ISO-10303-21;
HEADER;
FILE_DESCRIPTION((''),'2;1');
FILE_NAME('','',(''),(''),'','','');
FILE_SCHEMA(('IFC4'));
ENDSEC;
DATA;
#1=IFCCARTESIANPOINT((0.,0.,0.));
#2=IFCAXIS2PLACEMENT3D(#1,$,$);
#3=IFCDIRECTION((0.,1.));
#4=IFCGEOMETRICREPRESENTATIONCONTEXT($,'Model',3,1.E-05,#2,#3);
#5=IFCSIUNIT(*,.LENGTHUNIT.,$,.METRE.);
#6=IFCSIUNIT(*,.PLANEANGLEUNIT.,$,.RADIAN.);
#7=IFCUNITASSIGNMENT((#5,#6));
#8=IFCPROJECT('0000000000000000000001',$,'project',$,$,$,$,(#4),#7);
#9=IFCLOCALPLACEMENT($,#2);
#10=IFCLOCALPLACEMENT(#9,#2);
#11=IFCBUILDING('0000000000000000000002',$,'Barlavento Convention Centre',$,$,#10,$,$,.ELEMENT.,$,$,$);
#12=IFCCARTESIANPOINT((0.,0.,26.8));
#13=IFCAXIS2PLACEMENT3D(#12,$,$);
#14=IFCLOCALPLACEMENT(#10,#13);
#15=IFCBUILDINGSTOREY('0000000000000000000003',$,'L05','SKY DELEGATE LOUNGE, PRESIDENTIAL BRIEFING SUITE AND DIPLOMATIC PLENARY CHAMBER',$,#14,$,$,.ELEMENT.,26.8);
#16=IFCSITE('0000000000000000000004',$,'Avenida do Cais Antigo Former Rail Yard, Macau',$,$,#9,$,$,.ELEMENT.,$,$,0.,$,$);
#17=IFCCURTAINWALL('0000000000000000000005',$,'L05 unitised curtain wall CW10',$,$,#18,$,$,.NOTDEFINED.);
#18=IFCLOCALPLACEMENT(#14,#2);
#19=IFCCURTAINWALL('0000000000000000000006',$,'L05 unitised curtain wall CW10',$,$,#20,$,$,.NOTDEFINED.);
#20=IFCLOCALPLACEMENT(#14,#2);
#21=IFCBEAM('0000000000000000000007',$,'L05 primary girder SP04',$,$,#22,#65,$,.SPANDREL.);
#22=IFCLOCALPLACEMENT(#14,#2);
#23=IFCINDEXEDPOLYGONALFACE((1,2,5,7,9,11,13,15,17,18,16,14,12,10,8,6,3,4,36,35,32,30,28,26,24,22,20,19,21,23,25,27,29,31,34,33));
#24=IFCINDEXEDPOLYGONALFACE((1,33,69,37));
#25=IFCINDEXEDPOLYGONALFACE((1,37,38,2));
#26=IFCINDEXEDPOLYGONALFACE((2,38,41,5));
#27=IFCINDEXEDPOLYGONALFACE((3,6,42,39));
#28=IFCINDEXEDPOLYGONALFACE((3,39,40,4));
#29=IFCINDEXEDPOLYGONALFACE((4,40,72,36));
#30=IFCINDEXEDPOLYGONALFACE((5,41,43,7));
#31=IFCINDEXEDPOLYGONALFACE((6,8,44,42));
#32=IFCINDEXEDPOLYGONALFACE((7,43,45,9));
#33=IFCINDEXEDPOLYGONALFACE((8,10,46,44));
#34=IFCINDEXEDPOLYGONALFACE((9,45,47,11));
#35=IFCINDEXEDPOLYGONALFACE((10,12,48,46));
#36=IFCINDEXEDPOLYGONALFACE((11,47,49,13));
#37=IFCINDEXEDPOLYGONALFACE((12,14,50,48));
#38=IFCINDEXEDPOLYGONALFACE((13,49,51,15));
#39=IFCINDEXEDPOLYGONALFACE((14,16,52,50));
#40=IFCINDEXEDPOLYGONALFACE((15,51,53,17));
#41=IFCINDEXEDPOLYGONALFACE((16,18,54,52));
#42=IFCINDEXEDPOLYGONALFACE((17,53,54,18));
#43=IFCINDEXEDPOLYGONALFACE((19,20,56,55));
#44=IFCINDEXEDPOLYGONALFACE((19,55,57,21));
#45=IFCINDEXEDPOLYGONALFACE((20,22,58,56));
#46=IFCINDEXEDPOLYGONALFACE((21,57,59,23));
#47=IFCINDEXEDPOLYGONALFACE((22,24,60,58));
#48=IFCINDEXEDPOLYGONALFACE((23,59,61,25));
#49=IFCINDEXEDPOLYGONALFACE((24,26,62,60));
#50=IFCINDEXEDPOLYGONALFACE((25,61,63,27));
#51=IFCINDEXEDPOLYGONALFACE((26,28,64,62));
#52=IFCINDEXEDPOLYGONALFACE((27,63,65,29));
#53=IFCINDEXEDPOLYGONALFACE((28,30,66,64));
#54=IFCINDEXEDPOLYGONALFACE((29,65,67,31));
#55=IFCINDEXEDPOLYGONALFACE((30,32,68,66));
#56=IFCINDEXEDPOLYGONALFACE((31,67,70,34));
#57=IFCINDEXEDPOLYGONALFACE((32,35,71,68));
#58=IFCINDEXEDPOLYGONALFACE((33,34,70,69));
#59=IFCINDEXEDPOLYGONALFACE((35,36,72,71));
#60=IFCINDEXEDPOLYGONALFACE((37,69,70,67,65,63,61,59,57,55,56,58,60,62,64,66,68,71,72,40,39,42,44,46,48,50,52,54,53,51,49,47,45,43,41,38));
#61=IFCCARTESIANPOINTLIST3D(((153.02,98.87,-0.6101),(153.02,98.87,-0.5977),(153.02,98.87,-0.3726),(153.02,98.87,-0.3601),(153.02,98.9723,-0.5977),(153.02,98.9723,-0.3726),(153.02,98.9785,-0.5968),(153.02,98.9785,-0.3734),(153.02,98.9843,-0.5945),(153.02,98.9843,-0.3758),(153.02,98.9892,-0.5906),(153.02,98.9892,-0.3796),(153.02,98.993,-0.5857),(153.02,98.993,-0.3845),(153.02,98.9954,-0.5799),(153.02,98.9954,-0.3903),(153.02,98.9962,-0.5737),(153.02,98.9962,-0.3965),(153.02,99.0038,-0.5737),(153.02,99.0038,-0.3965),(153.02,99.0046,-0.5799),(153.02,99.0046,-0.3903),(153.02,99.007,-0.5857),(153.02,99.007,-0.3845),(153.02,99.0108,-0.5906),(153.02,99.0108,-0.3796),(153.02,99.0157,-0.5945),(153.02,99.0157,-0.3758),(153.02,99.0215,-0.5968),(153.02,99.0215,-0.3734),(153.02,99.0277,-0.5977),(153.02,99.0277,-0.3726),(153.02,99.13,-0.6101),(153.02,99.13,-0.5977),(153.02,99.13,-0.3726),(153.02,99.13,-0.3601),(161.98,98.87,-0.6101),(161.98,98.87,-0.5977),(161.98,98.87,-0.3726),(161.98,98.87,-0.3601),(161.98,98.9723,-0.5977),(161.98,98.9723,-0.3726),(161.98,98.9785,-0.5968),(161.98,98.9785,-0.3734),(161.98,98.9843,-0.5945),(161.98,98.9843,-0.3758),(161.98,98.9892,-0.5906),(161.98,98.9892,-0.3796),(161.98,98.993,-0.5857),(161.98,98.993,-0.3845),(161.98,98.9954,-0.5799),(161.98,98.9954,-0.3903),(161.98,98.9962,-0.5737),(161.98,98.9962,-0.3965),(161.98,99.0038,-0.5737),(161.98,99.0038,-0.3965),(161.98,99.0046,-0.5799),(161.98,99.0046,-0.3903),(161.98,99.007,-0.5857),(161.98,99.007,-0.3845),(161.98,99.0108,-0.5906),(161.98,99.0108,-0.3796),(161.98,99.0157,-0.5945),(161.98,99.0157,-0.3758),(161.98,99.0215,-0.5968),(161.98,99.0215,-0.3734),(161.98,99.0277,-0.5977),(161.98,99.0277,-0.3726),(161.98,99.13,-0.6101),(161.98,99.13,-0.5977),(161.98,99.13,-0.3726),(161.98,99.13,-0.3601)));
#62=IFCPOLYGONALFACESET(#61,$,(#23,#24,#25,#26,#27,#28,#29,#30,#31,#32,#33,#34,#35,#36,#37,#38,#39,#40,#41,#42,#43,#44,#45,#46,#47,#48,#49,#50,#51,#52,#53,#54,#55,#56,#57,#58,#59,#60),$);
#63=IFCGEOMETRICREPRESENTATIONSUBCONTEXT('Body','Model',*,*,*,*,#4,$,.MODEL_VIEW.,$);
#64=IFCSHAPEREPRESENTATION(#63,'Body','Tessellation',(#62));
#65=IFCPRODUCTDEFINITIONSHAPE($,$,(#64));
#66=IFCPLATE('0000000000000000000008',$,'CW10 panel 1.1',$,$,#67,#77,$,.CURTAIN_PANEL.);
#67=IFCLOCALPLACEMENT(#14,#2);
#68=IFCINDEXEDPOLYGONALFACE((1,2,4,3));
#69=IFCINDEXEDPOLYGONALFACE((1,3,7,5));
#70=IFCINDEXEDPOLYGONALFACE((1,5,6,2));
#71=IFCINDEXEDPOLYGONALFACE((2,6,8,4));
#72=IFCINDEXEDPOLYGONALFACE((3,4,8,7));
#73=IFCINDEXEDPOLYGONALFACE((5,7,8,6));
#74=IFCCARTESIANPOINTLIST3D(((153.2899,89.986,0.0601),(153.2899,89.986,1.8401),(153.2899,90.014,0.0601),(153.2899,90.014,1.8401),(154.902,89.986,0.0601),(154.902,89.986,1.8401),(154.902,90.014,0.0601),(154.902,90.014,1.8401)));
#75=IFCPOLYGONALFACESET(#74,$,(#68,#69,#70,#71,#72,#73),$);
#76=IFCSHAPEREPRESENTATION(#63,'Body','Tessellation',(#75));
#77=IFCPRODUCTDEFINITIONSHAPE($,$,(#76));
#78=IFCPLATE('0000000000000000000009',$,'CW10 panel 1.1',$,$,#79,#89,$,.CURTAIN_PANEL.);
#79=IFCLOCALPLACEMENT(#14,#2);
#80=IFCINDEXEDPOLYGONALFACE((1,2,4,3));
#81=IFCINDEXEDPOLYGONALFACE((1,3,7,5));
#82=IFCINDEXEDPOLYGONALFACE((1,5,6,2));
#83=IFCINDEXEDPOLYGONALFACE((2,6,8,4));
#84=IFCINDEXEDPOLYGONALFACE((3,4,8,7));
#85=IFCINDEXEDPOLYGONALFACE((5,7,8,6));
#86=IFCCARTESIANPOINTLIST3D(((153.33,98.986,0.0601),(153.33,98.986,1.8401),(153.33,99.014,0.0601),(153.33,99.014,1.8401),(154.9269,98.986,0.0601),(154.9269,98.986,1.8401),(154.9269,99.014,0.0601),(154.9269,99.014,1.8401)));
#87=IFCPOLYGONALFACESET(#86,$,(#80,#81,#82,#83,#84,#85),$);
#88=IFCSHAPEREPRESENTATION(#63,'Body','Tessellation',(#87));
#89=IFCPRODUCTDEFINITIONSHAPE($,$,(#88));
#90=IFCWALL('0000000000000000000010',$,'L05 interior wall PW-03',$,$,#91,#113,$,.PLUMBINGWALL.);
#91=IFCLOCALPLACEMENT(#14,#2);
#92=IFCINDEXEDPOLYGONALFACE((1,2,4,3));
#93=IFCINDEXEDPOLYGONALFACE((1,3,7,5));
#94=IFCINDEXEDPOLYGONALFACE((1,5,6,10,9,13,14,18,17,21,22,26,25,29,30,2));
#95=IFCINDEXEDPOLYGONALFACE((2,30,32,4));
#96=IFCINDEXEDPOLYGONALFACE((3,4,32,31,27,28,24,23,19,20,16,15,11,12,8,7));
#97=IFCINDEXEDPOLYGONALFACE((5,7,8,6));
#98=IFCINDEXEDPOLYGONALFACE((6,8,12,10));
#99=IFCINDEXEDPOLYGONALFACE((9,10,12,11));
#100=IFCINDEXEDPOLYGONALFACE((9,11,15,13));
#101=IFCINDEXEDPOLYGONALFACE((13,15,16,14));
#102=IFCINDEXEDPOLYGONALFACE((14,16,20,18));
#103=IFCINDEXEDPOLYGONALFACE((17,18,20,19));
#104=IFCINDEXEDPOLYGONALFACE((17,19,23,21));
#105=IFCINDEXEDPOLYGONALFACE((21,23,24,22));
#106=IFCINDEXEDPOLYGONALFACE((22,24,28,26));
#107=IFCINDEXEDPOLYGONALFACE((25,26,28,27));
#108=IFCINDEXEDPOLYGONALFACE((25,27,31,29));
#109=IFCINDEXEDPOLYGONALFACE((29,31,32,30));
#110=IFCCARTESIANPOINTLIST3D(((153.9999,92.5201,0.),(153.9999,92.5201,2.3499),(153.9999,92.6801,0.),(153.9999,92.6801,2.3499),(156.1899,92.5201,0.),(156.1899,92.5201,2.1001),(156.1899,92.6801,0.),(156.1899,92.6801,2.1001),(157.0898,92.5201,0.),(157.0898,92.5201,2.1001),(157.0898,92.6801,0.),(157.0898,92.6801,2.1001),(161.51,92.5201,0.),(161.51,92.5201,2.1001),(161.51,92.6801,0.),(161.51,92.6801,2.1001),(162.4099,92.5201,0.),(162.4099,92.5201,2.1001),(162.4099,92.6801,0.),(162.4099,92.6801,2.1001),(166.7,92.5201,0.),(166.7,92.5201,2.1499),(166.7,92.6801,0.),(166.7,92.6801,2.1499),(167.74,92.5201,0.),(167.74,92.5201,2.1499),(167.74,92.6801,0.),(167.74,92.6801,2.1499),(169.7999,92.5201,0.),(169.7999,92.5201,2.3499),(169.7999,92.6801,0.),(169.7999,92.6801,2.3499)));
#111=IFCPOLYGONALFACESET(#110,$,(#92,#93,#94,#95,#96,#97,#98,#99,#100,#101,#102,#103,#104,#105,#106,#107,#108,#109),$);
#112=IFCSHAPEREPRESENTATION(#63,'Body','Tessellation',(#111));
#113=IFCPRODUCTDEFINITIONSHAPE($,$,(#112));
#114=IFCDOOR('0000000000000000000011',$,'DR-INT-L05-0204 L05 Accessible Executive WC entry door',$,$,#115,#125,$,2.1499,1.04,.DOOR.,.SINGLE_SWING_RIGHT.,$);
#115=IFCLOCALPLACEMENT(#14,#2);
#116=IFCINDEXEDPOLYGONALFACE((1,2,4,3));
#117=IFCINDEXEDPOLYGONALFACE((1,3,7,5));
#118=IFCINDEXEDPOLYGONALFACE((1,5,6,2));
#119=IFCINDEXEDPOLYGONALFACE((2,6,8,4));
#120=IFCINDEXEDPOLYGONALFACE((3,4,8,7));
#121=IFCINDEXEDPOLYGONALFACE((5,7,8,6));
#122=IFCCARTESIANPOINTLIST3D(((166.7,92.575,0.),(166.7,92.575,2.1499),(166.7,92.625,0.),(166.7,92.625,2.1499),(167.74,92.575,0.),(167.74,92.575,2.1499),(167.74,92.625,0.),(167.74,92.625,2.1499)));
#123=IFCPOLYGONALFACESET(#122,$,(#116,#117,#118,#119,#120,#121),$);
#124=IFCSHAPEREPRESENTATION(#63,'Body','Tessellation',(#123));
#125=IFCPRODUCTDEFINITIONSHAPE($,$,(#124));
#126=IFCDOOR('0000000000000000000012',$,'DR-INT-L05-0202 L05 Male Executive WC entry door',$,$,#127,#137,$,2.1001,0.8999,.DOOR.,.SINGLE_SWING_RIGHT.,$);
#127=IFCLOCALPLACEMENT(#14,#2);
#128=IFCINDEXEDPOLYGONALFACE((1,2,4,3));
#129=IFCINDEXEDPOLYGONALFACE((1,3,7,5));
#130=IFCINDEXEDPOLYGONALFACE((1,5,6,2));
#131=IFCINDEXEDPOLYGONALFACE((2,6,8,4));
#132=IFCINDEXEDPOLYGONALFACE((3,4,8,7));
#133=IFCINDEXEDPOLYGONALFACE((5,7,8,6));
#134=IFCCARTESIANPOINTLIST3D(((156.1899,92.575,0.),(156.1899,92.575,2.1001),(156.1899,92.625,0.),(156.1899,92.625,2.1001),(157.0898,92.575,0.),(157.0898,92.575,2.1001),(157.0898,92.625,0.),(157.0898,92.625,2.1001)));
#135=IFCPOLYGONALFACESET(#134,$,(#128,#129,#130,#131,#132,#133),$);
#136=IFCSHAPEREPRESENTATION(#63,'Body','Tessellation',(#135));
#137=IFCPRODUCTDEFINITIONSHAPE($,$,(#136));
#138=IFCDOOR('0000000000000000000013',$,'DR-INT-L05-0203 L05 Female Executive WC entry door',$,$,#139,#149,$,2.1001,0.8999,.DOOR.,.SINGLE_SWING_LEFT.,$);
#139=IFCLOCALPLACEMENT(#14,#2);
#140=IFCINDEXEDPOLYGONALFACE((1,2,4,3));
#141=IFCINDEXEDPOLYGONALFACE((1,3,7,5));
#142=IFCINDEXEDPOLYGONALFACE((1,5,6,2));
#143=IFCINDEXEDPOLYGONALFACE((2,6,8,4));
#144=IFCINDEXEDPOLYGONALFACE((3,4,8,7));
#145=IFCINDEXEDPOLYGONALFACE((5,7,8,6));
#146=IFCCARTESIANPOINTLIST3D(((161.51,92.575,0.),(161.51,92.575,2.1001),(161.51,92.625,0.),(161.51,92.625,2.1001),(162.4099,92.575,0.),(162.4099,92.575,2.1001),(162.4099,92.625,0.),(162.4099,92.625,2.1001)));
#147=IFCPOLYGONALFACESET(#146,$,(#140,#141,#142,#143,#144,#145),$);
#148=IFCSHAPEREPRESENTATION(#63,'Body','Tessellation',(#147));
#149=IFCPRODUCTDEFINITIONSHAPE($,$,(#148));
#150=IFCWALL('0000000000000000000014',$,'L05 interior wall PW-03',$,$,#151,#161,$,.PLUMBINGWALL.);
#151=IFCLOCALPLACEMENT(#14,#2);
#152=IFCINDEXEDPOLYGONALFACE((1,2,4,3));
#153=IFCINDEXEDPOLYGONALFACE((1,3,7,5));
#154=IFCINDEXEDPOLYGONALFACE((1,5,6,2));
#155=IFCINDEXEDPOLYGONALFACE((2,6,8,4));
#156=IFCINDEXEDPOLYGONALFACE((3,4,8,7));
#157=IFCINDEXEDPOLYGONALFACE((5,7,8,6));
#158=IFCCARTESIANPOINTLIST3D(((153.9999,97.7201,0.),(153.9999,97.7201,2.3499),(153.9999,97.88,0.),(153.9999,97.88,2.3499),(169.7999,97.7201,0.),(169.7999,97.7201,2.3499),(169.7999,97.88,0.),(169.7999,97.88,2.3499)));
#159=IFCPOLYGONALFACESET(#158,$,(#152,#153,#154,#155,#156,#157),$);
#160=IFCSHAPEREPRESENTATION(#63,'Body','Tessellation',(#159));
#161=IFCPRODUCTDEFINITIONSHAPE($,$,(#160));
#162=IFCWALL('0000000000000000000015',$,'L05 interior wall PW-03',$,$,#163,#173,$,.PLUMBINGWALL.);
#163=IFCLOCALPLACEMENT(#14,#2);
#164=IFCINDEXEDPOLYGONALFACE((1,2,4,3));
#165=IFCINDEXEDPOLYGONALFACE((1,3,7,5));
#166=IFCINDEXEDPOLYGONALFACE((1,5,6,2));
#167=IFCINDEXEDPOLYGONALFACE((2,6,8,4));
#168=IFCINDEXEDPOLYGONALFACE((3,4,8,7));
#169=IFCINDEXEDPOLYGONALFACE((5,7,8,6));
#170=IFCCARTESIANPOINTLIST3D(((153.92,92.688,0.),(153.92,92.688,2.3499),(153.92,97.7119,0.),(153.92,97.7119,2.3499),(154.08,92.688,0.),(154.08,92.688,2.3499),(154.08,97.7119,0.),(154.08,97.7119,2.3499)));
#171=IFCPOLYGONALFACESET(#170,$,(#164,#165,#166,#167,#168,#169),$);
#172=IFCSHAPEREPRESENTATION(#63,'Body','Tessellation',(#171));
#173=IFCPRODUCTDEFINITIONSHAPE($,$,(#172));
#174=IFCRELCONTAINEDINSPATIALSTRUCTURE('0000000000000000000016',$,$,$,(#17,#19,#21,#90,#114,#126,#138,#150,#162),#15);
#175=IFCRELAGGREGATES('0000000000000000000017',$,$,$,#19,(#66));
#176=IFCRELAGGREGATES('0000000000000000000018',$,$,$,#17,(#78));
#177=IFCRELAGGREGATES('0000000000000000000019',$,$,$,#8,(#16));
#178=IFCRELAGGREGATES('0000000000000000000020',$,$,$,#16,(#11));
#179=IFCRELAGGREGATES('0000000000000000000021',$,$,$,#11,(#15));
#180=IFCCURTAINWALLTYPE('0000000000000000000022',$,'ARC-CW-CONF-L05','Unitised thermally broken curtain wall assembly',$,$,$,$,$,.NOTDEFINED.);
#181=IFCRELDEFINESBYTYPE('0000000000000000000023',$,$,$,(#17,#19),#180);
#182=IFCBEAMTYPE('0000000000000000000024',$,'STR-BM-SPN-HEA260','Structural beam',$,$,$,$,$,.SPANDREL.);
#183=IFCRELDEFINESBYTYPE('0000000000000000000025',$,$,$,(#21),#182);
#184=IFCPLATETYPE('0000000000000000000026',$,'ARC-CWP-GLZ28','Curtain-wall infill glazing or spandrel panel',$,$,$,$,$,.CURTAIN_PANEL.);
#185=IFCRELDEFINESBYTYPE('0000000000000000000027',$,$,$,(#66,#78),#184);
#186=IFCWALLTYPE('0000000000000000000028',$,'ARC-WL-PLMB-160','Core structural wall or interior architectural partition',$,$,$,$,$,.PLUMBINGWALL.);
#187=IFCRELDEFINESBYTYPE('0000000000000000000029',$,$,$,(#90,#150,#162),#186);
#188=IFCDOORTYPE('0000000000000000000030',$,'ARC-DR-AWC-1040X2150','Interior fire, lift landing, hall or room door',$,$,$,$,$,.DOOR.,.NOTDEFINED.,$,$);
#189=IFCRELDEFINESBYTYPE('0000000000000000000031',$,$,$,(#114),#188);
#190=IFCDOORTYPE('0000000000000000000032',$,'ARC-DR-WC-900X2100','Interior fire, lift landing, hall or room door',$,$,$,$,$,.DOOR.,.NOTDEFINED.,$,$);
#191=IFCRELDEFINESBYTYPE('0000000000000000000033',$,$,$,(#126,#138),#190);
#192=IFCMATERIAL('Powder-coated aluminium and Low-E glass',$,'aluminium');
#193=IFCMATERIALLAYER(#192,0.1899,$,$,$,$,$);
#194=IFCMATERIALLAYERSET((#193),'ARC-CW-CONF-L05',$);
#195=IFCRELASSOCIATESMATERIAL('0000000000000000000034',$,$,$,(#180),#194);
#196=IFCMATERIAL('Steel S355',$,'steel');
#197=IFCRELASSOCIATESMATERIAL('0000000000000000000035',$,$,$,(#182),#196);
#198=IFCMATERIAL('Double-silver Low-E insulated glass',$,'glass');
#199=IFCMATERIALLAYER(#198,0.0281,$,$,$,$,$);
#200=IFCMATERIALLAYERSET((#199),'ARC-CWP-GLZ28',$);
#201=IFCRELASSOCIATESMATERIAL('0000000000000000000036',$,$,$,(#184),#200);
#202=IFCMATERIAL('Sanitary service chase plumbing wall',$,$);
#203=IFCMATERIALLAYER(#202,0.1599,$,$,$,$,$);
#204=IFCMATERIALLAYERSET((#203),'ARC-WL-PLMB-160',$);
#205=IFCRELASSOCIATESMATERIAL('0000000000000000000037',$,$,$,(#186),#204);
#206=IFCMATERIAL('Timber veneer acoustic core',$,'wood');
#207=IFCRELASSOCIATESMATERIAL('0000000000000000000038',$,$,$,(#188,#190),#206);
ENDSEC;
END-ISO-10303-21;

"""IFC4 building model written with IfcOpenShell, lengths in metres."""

from ifc_helpers import new_model, si_unit, direction, frame, frame_2d, origin, origin_2d, place, context, subcontext, project, spatial, rectangle, i_section, extrude, material, layer, layer_set, material_profile, profile_set, type_object, element, fill, aggregate, save


model = new_model("IFC4")

# Units and contexts
model_context = context("Model", 3, precision=1e-05, world=origin(), true_north=direction((0.0, 1.0)))
body_context = subcontext(model_context, "Body", "Model", "MODEL_VIEW")
ifc_project = project(units=[si_unit("LENGTHUNIT", "METRE"), si_unit("PLANEANGLEUNIT", "RADIAN")], contexts=[model_context])

# Site, building, storey
site_placement = place(None, origin())
site = spatial("IfcSite", under=ifc_project, at=site_placement, Name="Avenida do Cais Antigo Former Rail Yard, Macau", CompositionType="ELEMENT", RefElevation=0.0)
building_placement = place(site_placement, origin())
building = spatial("IfcBuilding", under=site, at=building_placement, Name="Barlavento Convention Centre", CompositionType="ELEMENT")
storey_placement = place(building_placement, frame((0.0, 0.0, 26.8)))
storey = spatial("IfcBuildingStorey", under=building, at=storey_placement, Name="L05", Description="SKY DELEGATE LOUNGE, PRESIDENTIAL BRIEFING SUITE AND DIPLOMATIC PLENARY CHAMBER", CompositionType="ELEMENT", Elevation=26.8)

# Shared definitions
ifc_material_1 = material(Name="Steel S355", Category="steel")

# Curtain wall
ifc_material_2 = material(Name="Powder-coated aluminium and Low-E glass", Category="aluminium")
ifc_layer_1 = layer(ifc_material_2, 0.1899)
ifc_layer_set_1 = layer_set([ifc_layer_1], Name="ARC-CW-CONF-L05")
curtain_wall_type = type_object("IfcCurtainWallType", Name="ARC-CW-CONF-L05", Description="Unitised thermally broken curtain wall assembly", PredefinedType="NOTDEFINED", material=ifc_layer_set_1)
curtain_wall_1_placement = place(storey_placement, origin())
curtain_wall_1 = element("IfcCurtainWall", 1, at=curtain_wall_1_placement, inside=storey, type_object=curtain_wall_type, Name="L05 unitised curtain wall CW10", PredefinedType="NOTDEFINED")

# Curtain wall
curtain_wall_2_placement = place(storey_placement, origin())
curtain_wall_2 = element("IfcCurtainWall", 2, at=curtain_wall_2_placement, inside=storey, type_object=curtain_wall_type, Name="L05 unitised curtain wall CW10", PredefinedType="NOTDEFINED")

# Beam
ifc_material_profile_1 = material_profile(ifc_material_1, i_section(OverallWidth=0.26, OverallDepth=0.25, WebThickness=0.0076, FlangeThickness=0.0125, FilletRadius=0.0239, at=origin_2d()), Name="HEA 260")
ifc_profile_set_1 = profile_set([ifc_material_profile_1], Name="Steel S355")
beam_type_1 = type_object("IfcBeamType", Name="STR-BM-SPN-HEA260", Description="Structural beam", PredefinedType="SPANDREL", material=ifc_profile_set_1)
beam_1_placement = place(storey_placement, frame((153.02, 99.0, -0.4851), z_axis=(1.0, 0.0, 0.0), x_axis=(0.0, 1.0, 0.0)))
element("IfcBeam", 3, at=beam_1_placement, inside=storey, type_object=beam_type_1, Name="L05 primary girder SP04", PredefinedType="SPANDREL", context=body_context, shape_type="SweptSolid", body=[
    extrude(i_section(OverallWidth=0.26, OverallDepth=0.25, WebThickness=0.0076, FlangeThickness=0.0125, FilletRadius=0.0239, at=origin_2d()), origin(), (0.0, 0.0, 1.0), 8.96),
])

# Plates
ifc_material_3 = material(Name="Double-silver Low-E insulated glass", Category="glass")
ifc_layer_2 = layer(ifc_material_3, 0.0281)
ifc_layer_set_2 = layer_set([ifc_layer_2], Name="ARC-CWP-GLZ28")
plate_type = type_object("IfcPlateType", Name="ARC-CWP-GLZ28", Description="Curtain-wall infill glazing or spandrel panel", PredefinedType="CURTAIN_PANEL", material=ifc_layer_set_2)
plate_1_placement = place(storey_placement, frame((154.0959, 90.0, 0.0601), z_axis=(0.0, 0.0, 1.0), x_axis=(1.0, 0.0, 0.0)))
plate_1 = element("IfcPlate", 4, at=plate_1_placement, type_object=plate_type, Name="CW10 panel 1.1", PredefinedType="CURTAIN_PANEL", context=body_context, shape_type="SweptSolid", body=[
    extrude(rectangle(XDim=1.6121, YDim=0.0281, at=origin_2d()), origin(), (0.0, 0.0, 1.0), 1.78),
])
aggregate(curtain_wall_2, [plate_1])
plate_2_placement = place(storey_placement, frame((154.1284, 99.0, 0.0601), z_axis=(0.0, 0.0, 1.0), x_axis=(1.0, 0.0, 0.0)))
plate_2 = element("IfcPlate", 5, at=plate_2_placement, type_object=plate_type, Name="CW10 panel 1.1", PredefinedType="CURTAIN_PANEL", context=body_context, shape_type="SweptSolid", body=[
    extrude(rectangle(XDim=1.5969, YDim=0.0281, at=origin_2d()), origin(), (0.0, 0.0, 1.0), 1.78),
])
aggregate(curtain_wall_1, [plate_2])

# Wall, openings, doors
ifc_material_4 = material(Name="Sanitary service chase plumbing wall")
ifc_layer_3 = layer(ifc_material_4, 0.1599)
ifc_layer_set_3 = layer_set([ifc_layer_3], Name="ARC-WL-PLMB-160")
wall_type_1 = type_object("IfcWallType", Name="ARC-WL-PLMB-160", Description="Core structural wall or interior architectural partition", PredefinedType="PLUMBINGWALL", material=ifc_layer_set_3)
wall_1_placement = place(storey_placement, frame((154.0, 92.6001, 0.0), z_axis=(0.0, 0.0, 1.0), x_axis=(1.0, 0.0, 0.0)))
wall_1 = element("IfcWall", 6, at=wall_1_placement, inside=storey, type_object=wall_type_1, Name="L05 interior wall PW-03", PredefinedType="PLUMBINGWALL", context=body_context, shape_type="SweptSolid", body=[
    extrude(rectangle(XDim=15.8, YDim=0.1599, at=frame_2d((7.8999, 0.0))), origin(), (0.0, 0.0, 1.0), 2.3499),
])
opening_1_placement = place(wall_1_placement, frame((2.1899, 0.0, 0.0)))
opening_1 = element("IfcOpeningElement", 7, at=opening_1_placement, cuts=wall_1, PredefinedType="OPENING", context=body_context, shape_type="SweptSolid", body=[
    extrude(rectangle(XDim=0.8999, YDim=2.1001, at=frame_2d((0.45, 1.05))), frame((0.0, 0.0898, 0.0), z_axis=(0.0, -1.0, 0.0), x_axis=(1.0, 0.0, 0.0)), (0.0, 0.0, 1.0), 0.1799),
])
opening_2_placement = place(wall_1_placement, frame((7.51, 0.0, 0.0)))
opening_2 = element("IfcOpeningElement", 8, at=opening_2_placement, cuts=wall_1, PredefinedType="OPENING", context=body_context, shape_type="SweptSolid", body=[
    extrude(rectangle(XDim=0.8999, YDim=2.1001, at=frame_2d((0.45, 1.05))), frame((0.0, 0.0898, 0.0), z_axis=(0.0, -1.0, 0.0), x_axis=(1.0, 0.0, 0.0)), (0.0, 0.0, 1.0), 0.1799),
])
opening_3_placement = place(wall_1_placement, frame((12.7, 0.0, 0.0)))
opening_3 = element("IfcOpeningElement", 9, at=opening_3_placement, cuts=wall_1, PredefinedType="OPENING", context=body_context, shape_type="SweptSolid", body=[
    extrude(rectangle(XDim=1.04, YDim=2.1499, at=frame_2d((0.52, 1.075))), frame((0.0, 0.0898, 0.0), z_axis=(0.0, -1.0, 0.0), x_axis=(1.0, 0.0, 0.0)), (0.0, 0.0, 1.0), 0.1799),
])
ifc_material_5 = material(Name="Timber veneer acoustic core", Category="wood")
door_type_1 = type_object("IfcDoorType", Name="ARC-DR-AWC-1040X2150", Description="Interior fire, lift landing, hall or room door", OperationType="NOTDEFINED", PredefinedType="DOOR", material=ifc_material_5)
door_1_placement = place(opening_3_placement, origin())
door_1 = element("IfcDoor", 10, at=door_1_placement, inside=storey, type_object=door_type_1, Name="DR-INT-L05-0204 L05 Accessible Executive WC entry door", OperationType="SINGLE_SWING_RIGHT", OverallHeight=2.1499, OverallWidth=1.04, PredefinedType="DOOR", context=body_context, shape_type="SweptSolid", body=[
    extrude(rectangle(XDim=1.04, YDim=2.1499, at=frame_2d((0.52, 1.075))), frame((0.0, 0.0249, 0.0), z_axis=(0.0, -1.0, 0.0), x_axis=(1.0, 0.0, 0.0)), (0.0, 0.0, 1.0), 0.05),
])
fill(opening_3, door_1)
door_type_2 = type_object("IfcDoorType", Name="ARC-DR-WC-900X2100", Description="Interior fire, lift landing, hall or room door", OperationType="NOTDEFINED", PredefinedType="DOOR", material=ifc_material_5)
door_2_placement = place(opening_1_placement, origin())
door_2 = element("IfcDoor", 11, at=door_2_placement, inside=storey, type_object=door_type_2, Name="DR-INT-L05-0202 L05 Male Executive WC entry door", OperationType="SINGLE_SWING_RIGHT", OverallHeight=2.1001, OverallWidth=0.8999, PredefinedType="DOOR", context=body_context, shape_type="SweptSolid", body=[
    extrude(rectangle(XDim=0.8999, YDim=2.1001, at=frame_2d((0.45, 1.05))), frame((0.0, 0.0249, 0.0), z_axis=(0.0, -1.0, 0.0), x_axis=(1.0, 0.0, 0.0)), (0.0, 0.0, 1.0), 0.05),
])
fill(opening_1, door_2)
door_3_placement = place(opening_2_placement, origin())
door_3 = element("IfcDoor", 12, at=door_3_placement, inside=storey, type_object=door_type_2, Name="DR-INT-L05-0203 L05 Female Executive WC entry door", OperationType="SINGLE_SWING_LEFT", OverallHeight=2.1001, OverallWidth=0.8999, PredefinedType="DOOR", context=body_context, shape_type="SweptSolid", body=[
    extrude(rectangle(XDim=0.8999, YDim=2.1001, at=frame_2d((0.45, 1.05))), frame((0.0, 0.0249, 0.0), z_axis=(0.0, -1.0, 0.0), x_axis=(1.0, 0.0, 0.0)), (0.0, 0.0, 1.0), 0.05),
])
fill(opening_2, door_3)

# Walls
wall_2_placement = place(storey_placement, frame((154.0, 97.8, 0.0), z_axis=(0.0, 0.0, 1.0), x_axis=(1.0, 0.0, 0.0)))
element("IfcWall", 13, at=wall_2_placement, inside=storey, type_object=wall_type_1, Name="L05 interior wall PW-03", PredefinedType="PLUMBINGWALL", context=body_context, shape_type="SweptSolid", body=[
    extrude(rectangle(XDim=15.8, YDim=0.1599, at=frame_2d((7.8999, 0.0))), origin(), (0.0, 0.0, 1.0), 2.3499),
])
wall_3_placement = place(storey_placement, frame((154.0, 92.688, 0.0), z_axis=(0.0, 0.0, 1.0), x_axis=(0.0, 1.0, 0.0)))
element("IfcWall", 14, at=wall_3_placement, inside=storey, type_object=wall_type_1, Name="L05 interior wall PW-03", PredefinedType="PLUMBINGWALL", context=body_context, shape_type="SweptSolid", body=[
    extrude(rectangle(XDim=5.0239, YDim=0.1599, at=frame_2d((2.512, 0.0))), origin(), (0.0, 0.0, 1.0), 2.3499),
])

save(model, "model.ifc")
